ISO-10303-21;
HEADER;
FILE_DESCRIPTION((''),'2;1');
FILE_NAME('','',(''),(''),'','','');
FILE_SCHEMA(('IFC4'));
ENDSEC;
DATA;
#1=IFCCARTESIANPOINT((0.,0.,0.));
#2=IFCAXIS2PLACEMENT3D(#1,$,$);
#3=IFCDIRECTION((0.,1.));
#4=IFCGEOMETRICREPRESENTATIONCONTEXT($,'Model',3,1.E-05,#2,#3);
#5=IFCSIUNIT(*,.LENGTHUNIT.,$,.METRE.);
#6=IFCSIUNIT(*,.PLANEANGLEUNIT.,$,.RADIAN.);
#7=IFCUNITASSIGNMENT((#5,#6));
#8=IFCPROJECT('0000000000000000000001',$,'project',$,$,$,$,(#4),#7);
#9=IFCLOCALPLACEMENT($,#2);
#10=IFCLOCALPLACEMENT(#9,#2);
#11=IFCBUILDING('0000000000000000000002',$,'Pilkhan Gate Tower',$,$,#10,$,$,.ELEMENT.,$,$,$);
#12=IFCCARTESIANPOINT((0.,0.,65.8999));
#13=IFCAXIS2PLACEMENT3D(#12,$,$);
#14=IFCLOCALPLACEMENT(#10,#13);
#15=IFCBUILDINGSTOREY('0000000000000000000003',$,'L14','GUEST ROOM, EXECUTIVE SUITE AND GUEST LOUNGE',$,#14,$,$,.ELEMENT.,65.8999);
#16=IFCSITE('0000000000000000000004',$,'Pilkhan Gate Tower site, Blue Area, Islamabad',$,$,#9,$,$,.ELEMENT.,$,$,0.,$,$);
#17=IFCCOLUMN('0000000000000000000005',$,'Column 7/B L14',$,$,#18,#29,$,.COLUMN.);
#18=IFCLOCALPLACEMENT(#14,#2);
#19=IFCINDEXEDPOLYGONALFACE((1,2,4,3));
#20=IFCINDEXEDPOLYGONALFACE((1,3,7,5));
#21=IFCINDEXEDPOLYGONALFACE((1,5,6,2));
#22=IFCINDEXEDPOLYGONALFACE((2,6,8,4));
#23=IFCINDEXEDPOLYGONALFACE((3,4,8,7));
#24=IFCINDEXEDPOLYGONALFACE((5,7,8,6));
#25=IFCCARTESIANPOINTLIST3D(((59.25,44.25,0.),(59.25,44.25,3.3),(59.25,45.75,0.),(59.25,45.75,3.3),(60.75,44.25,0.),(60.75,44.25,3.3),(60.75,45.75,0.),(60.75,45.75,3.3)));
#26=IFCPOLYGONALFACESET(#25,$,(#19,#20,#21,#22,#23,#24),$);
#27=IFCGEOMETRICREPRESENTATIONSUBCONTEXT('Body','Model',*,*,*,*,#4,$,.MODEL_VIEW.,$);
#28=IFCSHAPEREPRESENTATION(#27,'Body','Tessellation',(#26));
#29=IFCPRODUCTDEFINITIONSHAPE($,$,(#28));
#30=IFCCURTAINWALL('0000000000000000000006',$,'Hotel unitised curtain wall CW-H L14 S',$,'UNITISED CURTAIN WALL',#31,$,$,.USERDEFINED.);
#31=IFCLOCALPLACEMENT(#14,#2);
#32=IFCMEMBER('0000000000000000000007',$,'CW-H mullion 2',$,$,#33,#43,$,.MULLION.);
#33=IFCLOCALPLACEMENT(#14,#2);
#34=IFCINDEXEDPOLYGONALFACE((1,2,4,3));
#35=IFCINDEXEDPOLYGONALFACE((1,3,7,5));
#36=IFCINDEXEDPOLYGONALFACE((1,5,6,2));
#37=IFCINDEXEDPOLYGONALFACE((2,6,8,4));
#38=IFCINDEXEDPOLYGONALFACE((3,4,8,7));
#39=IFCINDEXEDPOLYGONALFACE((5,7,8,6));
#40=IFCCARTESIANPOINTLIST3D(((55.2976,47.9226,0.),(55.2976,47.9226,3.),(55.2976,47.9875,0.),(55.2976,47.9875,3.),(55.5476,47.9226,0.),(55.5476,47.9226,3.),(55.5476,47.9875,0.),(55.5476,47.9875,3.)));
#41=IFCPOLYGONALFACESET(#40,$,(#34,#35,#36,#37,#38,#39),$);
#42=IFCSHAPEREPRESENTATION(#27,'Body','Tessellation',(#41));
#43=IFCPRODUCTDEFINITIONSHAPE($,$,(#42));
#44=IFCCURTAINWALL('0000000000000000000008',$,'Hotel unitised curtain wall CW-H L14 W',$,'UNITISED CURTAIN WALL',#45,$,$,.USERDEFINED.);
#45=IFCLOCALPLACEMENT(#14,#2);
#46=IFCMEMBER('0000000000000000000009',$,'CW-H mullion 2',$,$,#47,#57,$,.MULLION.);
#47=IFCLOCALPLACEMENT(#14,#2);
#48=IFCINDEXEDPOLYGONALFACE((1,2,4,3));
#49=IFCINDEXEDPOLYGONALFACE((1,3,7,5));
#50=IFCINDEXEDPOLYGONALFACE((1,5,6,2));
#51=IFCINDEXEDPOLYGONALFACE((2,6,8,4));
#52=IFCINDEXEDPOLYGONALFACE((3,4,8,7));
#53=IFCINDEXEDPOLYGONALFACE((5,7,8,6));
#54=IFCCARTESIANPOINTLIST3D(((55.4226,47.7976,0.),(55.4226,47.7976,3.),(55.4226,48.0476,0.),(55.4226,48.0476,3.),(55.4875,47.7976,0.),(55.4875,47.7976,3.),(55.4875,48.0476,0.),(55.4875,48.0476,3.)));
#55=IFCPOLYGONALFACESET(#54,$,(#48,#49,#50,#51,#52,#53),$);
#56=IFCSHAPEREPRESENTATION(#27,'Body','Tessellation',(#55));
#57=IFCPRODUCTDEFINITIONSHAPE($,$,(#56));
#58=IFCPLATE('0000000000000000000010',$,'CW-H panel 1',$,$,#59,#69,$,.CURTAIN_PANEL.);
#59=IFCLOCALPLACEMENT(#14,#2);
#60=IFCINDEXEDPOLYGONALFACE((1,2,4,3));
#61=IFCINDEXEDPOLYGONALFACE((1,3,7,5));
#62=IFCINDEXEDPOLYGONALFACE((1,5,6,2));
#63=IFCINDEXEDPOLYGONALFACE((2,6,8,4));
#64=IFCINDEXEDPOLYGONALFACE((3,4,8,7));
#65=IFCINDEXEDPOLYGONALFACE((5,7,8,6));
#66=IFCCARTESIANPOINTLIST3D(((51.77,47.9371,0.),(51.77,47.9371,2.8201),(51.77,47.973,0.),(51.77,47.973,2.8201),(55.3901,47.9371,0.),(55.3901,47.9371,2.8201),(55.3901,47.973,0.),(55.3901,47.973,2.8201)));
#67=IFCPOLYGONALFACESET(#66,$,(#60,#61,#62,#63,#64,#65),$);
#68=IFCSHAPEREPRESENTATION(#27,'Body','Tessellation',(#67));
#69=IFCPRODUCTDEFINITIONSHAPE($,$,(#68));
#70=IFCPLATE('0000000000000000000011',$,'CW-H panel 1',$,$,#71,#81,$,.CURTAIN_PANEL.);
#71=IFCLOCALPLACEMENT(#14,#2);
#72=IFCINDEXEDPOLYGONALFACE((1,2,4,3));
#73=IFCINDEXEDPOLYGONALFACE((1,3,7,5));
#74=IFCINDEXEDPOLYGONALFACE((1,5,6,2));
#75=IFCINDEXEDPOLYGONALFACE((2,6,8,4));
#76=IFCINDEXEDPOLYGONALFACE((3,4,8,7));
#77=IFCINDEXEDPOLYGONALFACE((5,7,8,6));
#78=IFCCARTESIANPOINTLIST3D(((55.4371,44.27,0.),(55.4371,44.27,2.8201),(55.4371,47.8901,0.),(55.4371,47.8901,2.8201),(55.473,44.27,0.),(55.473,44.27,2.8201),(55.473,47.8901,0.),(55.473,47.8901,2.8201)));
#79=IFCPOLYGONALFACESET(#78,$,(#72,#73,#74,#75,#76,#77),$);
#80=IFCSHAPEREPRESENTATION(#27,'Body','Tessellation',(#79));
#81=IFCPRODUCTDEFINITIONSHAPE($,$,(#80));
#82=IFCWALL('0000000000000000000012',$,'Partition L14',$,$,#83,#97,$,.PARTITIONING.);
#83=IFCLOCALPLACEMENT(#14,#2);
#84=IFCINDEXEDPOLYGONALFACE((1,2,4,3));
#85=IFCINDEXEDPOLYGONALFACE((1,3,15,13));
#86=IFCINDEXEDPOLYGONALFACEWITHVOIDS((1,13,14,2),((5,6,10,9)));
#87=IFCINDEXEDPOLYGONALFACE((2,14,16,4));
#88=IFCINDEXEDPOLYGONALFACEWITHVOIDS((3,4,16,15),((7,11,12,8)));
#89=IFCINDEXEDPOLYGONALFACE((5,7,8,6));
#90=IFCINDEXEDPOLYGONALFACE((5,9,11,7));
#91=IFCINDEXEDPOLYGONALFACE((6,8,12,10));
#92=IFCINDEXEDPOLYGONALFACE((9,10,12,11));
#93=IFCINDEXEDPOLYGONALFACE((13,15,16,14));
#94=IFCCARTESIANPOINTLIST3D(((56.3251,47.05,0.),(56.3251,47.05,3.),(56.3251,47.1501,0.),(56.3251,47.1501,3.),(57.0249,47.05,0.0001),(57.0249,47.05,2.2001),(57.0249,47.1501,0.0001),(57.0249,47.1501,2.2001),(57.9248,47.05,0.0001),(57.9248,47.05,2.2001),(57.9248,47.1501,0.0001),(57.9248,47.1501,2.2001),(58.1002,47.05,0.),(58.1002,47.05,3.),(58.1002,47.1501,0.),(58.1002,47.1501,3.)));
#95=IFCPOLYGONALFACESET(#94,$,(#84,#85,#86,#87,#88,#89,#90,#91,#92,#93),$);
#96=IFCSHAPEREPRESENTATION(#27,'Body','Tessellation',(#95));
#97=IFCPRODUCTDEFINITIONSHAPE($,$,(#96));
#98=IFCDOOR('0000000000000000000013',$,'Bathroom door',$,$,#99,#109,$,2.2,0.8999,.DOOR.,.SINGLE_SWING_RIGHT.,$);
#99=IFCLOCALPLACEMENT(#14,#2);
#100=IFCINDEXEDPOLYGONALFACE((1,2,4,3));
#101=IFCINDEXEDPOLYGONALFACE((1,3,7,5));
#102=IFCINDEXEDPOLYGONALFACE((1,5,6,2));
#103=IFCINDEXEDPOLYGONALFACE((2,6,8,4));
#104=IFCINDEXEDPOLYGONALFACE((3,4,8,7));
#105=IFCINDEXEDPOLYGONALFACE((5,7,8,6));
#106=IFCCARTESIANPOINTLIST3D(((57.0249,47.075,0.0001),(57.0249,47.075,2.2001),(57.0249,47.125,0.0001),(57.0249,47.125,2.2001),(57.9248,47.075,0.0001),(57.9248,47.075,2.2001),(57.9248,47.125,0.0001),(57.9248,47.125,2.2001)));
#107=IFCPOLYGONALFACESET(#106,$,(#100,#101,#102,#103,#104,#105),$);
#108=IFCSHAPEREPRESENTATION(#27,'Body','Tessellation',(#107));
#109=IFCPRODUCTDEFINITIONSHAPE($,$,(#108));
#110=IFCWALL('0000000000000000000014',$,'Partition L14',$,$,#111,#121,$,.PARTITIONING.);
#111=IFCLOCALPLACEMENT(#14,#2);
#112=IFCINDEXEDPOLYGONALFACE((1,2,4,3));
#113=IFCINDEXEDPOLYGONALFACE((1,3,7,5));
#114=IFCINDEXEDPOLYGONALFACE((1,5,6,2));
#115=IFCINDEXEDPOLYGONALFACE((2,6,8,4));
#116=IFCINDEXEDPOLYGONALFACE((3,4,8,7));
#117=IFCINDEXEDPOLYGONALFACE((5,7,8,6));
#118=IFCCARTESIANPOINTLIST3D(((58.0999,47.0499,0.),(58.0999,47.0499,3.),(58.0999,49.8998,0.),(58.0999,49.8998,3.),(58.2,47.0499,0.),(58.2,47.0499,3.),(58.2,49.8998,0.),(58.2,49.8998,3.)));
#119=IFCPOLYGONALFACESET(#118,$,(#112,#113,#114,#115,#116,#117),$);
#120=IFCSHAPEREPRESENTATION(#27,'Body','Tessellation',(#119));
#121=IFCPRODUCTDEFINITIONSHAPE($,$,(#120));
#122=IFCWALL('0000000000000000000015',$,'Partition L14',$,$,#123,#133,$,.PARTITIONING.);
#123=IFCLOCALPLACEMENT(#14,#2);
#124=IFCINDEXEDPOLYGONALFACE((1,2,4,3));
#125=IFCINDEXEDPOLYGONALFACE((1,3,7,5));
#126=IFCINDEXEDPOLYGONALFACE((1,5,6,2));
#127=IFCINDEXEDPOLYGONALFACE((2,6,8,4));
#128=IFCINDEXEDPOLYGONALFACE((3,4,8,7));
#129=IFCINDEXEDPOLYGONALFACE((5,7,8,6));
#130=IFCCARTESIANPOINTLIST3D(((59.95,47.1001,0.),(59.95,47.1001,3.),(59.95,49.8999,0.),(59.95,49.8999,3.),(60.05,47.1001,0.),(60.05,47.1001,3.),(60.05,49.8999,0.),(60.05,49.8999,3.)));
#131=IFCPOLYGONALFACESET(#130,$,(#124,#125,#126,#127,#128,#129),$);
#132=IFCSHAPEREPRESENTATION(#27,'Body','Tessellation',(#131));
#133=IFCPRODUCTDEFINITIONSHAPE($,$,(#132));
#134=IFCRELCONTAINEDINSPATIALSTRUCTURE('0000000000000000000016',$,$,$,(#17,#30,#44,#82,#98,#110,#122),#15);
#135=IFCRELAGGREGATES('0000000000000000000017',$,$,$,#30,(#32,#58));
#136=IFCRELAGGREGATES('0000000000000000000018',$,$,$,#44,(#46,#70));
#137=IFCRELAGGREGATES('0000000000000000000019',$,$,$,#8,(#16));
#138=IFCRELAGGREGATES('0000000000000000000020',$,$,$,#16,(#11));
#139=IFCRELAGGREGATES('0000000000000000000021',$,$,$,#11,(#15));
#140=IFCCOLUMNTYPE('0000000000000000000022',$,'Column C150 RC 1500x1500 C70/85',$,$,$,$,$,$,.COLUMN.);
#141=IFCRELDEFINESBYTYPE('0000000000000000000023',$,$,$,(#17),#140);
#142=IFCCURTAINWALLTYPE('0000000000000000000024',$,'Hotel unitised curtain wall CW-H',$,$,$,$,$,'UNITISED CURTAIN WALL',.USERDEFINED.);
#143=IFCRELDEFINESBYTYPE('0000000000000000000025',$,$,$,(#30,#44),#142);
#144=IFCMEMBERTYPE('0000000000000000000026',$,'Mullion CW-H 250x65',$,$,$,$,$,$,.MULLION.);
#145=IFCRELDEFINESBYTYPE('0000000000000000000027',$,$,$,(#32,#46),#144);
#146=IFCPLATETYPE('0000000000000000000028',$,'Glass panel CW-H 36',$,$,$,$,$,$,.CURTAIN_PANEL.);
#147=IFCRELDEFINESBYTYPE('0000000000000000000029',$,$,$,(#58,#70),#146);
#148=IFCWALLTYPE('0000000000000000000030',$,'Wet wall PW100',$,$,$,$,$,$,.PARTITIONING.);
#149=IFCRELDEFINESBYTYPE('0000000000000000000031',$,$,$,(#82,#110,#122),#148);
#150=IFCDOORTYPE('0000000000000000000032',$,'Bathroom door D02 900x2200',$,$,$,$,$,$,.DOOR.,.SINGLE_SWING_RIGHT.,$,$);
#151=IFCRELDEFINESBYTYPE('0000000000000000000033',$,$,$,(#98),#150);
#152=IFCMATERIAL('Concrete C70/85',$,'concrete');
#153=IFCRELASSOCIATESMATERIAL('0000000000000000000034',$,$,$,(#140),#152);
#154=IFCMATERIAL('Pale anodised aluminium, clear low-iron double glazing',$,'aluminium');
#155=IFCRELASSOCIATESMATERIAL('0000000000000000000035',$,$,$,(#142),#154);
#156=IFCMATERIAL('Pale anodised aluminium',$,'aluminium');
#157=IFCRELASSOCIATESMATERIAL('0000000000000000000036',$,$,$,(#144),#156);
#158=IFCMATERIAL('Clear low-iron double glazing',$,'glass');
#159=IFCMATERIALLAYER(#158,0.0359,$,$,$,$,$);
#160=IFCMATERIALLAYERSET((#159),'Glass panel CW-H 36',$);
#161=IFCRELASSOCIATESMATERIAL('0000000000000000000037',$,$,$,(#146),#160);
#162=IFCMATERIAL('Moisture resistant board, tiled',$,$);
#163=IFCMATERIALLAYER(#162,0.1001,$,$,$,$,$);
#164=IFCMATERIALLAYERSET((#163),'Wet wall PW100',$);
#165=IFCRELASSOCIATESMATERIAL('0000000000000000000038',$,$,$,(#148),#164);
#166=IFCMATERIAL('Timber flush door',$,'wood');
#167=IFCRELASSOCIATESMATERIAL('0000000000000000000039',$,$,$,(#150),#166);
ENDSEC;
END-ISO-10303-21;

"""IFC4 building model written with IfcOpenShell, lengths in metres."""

from ifc_helpers import new_model, si_unit, direction, frame, frame_2d, origin, origin_2d, place, context, subcontext, project, spatial, rectangle, extrude, material, layer, layer_set, material_profile, profile_set, type_object, element, fill, aggregate, save


model = new_model("IFC4")

# Units and contexts
model_context = context("Model", 3, precision=1e-05, world=origin(), true_north=direction((0.0, 1.0)))
body_context = subcontext(model_context, "Body", "Model", "MODEL_VIEW")
ifc_project = project(units=[si_unit("LENGTHUNIT", "METRE"), si_unit("PLANEANGLEUNIT", "RADIAN")], contexts=[model_context])

# Site, building, storey
site_placement = place(None, origin())
site = spatial("IfcSite", under=ifc_project, at=site_placement, Name="Pilkhan Gate Tower site, Blue Area, Islamabad", CompositionType="ELEMENT", RefElevation=0.0)
building_placement = place(site_placement, origin())
building = spatial("IfcBuilding", under=site, at=building_placement, Name="Pilkhan Gate Tower", CompositionType="ELEMENT")
storey_placement = place(building_placement, frame((0.0, 0.0, 65.8999)))
storey = spatial("IfcBuildingStorey", under=building, at=storey_placement, Name="L14", Description="GUEST ROOM, EXECUTIVE SUITE AND GUEST LOUNGE", CompositionType="ELEMENT", Elevation=65.8999)

# Column
ifc_material_1 = material(Name="Concrete C70/85", Category="concrete")
ifc_material_profile_1 = material_profile(ifc_material_1, rectangle(XDim=1.5, YDim=1.5, at=origin_2d()), Name="RC 1500x1500")
ifc_profile_set_1 = profile_set([ifc_material_profile_1], Name="Concrete C70/85")
column_type = type_object("IfcColumnType", Name="Column C150 RC 1500x1500 C70/85", PredefinedType="COLUMN", material=ifc_profile_set_1)
column_placement = place(storey_placement, frame((60.0, 45.0, 0.0), z_axis=(0.0, 0.0, 1.0), x_axis=(1.0, 0.0, 0.0)))
element("IfcColumn", 1, at=column_placement, inside=storey, type_object=column_type, Name="Column 7/B L14", PredefinedType="COLUMN", context=body_context, shape_type="SweptSolid", body=[
    extrude(rectangle(XDim=1.5, YDim=1.5, at=origin_2d()), origin(), (0.0, 0.0, 1.0), 3.3),
])

# Curtain walls, members
ifc_material_2 = material(Name="Pale anodised aluminium, clear low-iron double glazing", Category="aluminium")
curtain_wall_type = type_object("IfcCurtainWallType", Name="Hotel unitised curtain wall CW-H", ElementType="UNITISED CURTAIN WALL", PredefinedType="USERDEFINED", material=ifc_material_2)
curtain_wall_1_placement = place(storey_placement, origin())
curtain_wall_1 = element("IfcCurtainWall", 2, at=curtain_wall_1_placement, inside=storey, type_object=curtain_wall_type, Name="Hotel unitised curtain wall CW-H L14 S", ObjectType="UNITISED CURTAIN WALL", PredefinedType="USERDEFINED")
ifc_material_3 = material(Name="Pale anodised aluminium", Category="aluminium")
ifc_material_profile_2 = material_profile(ifc_material_3, rectangle(XDim=0.0649, YDim=0.25, at=origin_2d()), Name="Mullion 250x65")
ifc_profile_set_2 = profile_set([ifc_material_profile_2], Name="Pale anodised aluminium")
member_type = type_object("IfcMemberType", Name="Mullion CW-H 250x65", PredefinedType="MULLION", material=ifc_profile_set_2)
member_1_placement = place(storey_placement, frame((55.4226, 47.9551, 0.0), z_axis=(0.0, 0.0, 1.0), x_axis=(0.0, 1.0, 0.0)))
member_1 = element("IfcMember", 3, at=member_1_placement, type_object=member_type, Name="CW-H mullion 2", PredefinedType="MULLION", context=body_context, shape_type="SweptSolid", body=[
    extrude(rectangle(XDim=0.0649, YDim=0.25, at=origin_2d()), origin(), (0.0, 0.0, 1.0), 3.0),
])
curtain_wall_2_placement = place(storey_placement, origin())
curtain_wall_2 = element("IfcCurtainWall", 4, at=curtain_wall_2_placement, inside=storey, type_object=curtain_wall_type, Name="Hotel unitised curtain wall CW-H L14 W", ObjectType="UNITISED CURTAIN WALL", PredefinedType="USERDEFINED")
member_2_placement = place(storey_placement, frame((55.4551, 47.9226, 0.0), z_axis=(0.0, 0.0, 1.0), x_axis=(-1.0, 0.0, 0.0)))
member_2 = element("IfcMember", 5, at=member_2_placement, type_object=member_type, Name="CW-H mullion 2", PredefinedType="MULLION", context=body_context, shape_type="SweptSolid", body=[
    extrude(rectangle(XDim=0.0649, YDim=0.25, at=origin_2d()), origin(), (0.0, 0.0, 1.0), 3.0),
])

# Plates
ifc_material_4 = material(Name="Clear low-iron double glazing", Category="glass")
ifc_layer_1 = layer(ifc_material_4, 0.0359)
ifc_layer_set_1 = layer_set([ifc_layer_1], Name="Glass panel CW-H 36")
plate_type = type_object("IfcPlateType", Name="Glass panel CW-H 36", PredefinedType="CURTAIN_PANEL", material=ifc_layer_set_1)
plate_1_placement = place(storey_placement, frame((53.5801, 47.9551, 0.0), z_axis=(0.0, 0.0, 1.0), x_axis=(1.0, 0.0, 0.0)))
plate_1 = element("IfcPlate", 6, at=plate_1_placement, type_object=plate_type, Name="CW-H panel 1", PredefinedType="CURTAIN_PANEL", context=body_context, shape_type="SweptSolid", body=[
    extrude(rectangle(XDim=3.6201, YDim=0.0359, at=origin_2d()), origin(), (0.0, 0.0, 1.0), 2.8201),
])
aggregate(curtain_wall_1, [member_1, plate_1])
plate_2_placement = place(storey_placement, frame((55.4551, 46.0801, 0.0), z_axis=(0.0, 0.0, 1.0), x_axis=(0.0, 1.0, 0.0)))
plate_2 = element("IfcPlate", 7, at=plate_2_placement, type_object=plate_type, Name="CW-H panel 1", PredefinedType="CURTAIN_PANEL", context=body_context, shape_type="SweptSolid", body=[
    extrude(rectangle(XDim=3.6201, YDim=0.0359, at=origin_2d()), origin(), (0.0, 0.0, 1.0), 2.8201),
])
aggregate(curtain_wall_2, [member_2, plate_2])

# Wall, opening, door
ifc_material_5 = material(Name="Moisture resistant board, tiled")
ifc_layer_2 = layer(ifc_material_5, 0.1001)
ifc_layer_set_2 = layer_set([ifc_layer_2], Name="Wet wall PW100")
wall_type = type_object("IfcWallType", Name="Wet wall PW100", PredefinedType="PARTITIONING", material=ifc_layer_set_2)
wall_1_placement = place(storey_placement, frame((56.325, 47.1001, 0.0), z_axis=(0.0, 0.0, 1.0), x_axis=(1.0, 0.0, 0.0)))
wall_1 = element("IfcWall", 8, at=wall_1_placement, inside=storey, type_object=wall_type, Name="Partition L14", PredefinedType="PARTITIONING", context=body_context, shape_type="SweptSolid", body=[
    extrude(rectangle(XDim=1.7751, YDim=0.1001, at=frame_2d((0.8877, 0.0))), origin(), (0.0, 0.0, 1.0), 3.0),
])
opening_placement = place(wall_1_placement, frame((0.7, 0.0, 0.0)))
opening = element("IfcOpeningElement", 9, at=opening_placement, cuts=wall_1, PredefinedType="OPENING", context=body_context, shape_type="SweptSolid", body=[
    extrude(rectangle(XDim=0.8999, YDim=2.2, at=frame_2d((0.45, 1.1001))), frame((0.0, 0.0601, 0.0), z_axis=(0.0, -1.0, 0.0), x_axis=(1.0, 0.0, 0.0)), (0.0, 0.0, 1.0), 0.1201),
])
ifc_material_6 = material(Name="Timber flush door", Category="wood")
door_type = type_object("IfcDoorType", Name="Bathroom door D02 900x2200", OperationType="SINGLE_SWING_RIGHT", PredefinedType="DOOR", material=ifc_material_6)
door_placement = place(opening_placement, origin())
door = element("IfcDoor", 10, at=door_placement, inside=storey, type_object=door_type, Name="Bathroom door", OperationType="SINGLE_SWING_RIGHT", OverallHeight=2.2, OverallWidth=0.8999, PredefinedType="DOOR", context=body_context, shape_type="SweptSolid", body=[
    extrude(rectangle(XDim=0.8999, YDim=2.2, at=frame_2d((0.45, 1.1001))), frame((0.0, 0.0249, 0.0), z_axis=(0.0, -1.0, 0.0), x_axis=(1.0, 0.0, 0.0)), (0.0, 0.0, 1.0), 0.05),
])
fill(opening, door)

# Walls
wall_2_placement = place(storey_placement, frame((58.1499, 47.05, 0.0), z_axis=(0.0, 0.0, 1.0), x_axis=(0.0, 1.0, 0.0)))
element("IfcWall", 11, at=wall_2_placement, inside=storey, type_object=wall_type, Name="Partition L14", PredefinedType="PARTITIONING", context=body_context, shape_type="SweptSolid", body=[
    extrude(rectangle(XDim=2.8499, YDim=0.1001, at=frame_2d((1.4248, 0.0))), origin(), (0.0, 0.0, 1.0), 3.0),
])
wall_3_placement = place(storey_placement, frame((60.0, 47.1001, 0.0), z_axis=(0.0, 0.0, 1.0), x_axis=(0.0, 1.0, 0.0)))
element("IfcWall", 12, at=wall_3_placement, inside=storey, type_object=wall_type, Name="Partition L14", PredefinedType="PARTITIONING", context=body_context, shape_type="SweptSolid", body=[
    extrude(rectangle(XDim=2.7998, YDim=0.1001, at=frame_2d((1.3999, 0.0))), origin(), (0.0, 0.0, 1.0), 3.0),
])

save(model, "model.ifc")
